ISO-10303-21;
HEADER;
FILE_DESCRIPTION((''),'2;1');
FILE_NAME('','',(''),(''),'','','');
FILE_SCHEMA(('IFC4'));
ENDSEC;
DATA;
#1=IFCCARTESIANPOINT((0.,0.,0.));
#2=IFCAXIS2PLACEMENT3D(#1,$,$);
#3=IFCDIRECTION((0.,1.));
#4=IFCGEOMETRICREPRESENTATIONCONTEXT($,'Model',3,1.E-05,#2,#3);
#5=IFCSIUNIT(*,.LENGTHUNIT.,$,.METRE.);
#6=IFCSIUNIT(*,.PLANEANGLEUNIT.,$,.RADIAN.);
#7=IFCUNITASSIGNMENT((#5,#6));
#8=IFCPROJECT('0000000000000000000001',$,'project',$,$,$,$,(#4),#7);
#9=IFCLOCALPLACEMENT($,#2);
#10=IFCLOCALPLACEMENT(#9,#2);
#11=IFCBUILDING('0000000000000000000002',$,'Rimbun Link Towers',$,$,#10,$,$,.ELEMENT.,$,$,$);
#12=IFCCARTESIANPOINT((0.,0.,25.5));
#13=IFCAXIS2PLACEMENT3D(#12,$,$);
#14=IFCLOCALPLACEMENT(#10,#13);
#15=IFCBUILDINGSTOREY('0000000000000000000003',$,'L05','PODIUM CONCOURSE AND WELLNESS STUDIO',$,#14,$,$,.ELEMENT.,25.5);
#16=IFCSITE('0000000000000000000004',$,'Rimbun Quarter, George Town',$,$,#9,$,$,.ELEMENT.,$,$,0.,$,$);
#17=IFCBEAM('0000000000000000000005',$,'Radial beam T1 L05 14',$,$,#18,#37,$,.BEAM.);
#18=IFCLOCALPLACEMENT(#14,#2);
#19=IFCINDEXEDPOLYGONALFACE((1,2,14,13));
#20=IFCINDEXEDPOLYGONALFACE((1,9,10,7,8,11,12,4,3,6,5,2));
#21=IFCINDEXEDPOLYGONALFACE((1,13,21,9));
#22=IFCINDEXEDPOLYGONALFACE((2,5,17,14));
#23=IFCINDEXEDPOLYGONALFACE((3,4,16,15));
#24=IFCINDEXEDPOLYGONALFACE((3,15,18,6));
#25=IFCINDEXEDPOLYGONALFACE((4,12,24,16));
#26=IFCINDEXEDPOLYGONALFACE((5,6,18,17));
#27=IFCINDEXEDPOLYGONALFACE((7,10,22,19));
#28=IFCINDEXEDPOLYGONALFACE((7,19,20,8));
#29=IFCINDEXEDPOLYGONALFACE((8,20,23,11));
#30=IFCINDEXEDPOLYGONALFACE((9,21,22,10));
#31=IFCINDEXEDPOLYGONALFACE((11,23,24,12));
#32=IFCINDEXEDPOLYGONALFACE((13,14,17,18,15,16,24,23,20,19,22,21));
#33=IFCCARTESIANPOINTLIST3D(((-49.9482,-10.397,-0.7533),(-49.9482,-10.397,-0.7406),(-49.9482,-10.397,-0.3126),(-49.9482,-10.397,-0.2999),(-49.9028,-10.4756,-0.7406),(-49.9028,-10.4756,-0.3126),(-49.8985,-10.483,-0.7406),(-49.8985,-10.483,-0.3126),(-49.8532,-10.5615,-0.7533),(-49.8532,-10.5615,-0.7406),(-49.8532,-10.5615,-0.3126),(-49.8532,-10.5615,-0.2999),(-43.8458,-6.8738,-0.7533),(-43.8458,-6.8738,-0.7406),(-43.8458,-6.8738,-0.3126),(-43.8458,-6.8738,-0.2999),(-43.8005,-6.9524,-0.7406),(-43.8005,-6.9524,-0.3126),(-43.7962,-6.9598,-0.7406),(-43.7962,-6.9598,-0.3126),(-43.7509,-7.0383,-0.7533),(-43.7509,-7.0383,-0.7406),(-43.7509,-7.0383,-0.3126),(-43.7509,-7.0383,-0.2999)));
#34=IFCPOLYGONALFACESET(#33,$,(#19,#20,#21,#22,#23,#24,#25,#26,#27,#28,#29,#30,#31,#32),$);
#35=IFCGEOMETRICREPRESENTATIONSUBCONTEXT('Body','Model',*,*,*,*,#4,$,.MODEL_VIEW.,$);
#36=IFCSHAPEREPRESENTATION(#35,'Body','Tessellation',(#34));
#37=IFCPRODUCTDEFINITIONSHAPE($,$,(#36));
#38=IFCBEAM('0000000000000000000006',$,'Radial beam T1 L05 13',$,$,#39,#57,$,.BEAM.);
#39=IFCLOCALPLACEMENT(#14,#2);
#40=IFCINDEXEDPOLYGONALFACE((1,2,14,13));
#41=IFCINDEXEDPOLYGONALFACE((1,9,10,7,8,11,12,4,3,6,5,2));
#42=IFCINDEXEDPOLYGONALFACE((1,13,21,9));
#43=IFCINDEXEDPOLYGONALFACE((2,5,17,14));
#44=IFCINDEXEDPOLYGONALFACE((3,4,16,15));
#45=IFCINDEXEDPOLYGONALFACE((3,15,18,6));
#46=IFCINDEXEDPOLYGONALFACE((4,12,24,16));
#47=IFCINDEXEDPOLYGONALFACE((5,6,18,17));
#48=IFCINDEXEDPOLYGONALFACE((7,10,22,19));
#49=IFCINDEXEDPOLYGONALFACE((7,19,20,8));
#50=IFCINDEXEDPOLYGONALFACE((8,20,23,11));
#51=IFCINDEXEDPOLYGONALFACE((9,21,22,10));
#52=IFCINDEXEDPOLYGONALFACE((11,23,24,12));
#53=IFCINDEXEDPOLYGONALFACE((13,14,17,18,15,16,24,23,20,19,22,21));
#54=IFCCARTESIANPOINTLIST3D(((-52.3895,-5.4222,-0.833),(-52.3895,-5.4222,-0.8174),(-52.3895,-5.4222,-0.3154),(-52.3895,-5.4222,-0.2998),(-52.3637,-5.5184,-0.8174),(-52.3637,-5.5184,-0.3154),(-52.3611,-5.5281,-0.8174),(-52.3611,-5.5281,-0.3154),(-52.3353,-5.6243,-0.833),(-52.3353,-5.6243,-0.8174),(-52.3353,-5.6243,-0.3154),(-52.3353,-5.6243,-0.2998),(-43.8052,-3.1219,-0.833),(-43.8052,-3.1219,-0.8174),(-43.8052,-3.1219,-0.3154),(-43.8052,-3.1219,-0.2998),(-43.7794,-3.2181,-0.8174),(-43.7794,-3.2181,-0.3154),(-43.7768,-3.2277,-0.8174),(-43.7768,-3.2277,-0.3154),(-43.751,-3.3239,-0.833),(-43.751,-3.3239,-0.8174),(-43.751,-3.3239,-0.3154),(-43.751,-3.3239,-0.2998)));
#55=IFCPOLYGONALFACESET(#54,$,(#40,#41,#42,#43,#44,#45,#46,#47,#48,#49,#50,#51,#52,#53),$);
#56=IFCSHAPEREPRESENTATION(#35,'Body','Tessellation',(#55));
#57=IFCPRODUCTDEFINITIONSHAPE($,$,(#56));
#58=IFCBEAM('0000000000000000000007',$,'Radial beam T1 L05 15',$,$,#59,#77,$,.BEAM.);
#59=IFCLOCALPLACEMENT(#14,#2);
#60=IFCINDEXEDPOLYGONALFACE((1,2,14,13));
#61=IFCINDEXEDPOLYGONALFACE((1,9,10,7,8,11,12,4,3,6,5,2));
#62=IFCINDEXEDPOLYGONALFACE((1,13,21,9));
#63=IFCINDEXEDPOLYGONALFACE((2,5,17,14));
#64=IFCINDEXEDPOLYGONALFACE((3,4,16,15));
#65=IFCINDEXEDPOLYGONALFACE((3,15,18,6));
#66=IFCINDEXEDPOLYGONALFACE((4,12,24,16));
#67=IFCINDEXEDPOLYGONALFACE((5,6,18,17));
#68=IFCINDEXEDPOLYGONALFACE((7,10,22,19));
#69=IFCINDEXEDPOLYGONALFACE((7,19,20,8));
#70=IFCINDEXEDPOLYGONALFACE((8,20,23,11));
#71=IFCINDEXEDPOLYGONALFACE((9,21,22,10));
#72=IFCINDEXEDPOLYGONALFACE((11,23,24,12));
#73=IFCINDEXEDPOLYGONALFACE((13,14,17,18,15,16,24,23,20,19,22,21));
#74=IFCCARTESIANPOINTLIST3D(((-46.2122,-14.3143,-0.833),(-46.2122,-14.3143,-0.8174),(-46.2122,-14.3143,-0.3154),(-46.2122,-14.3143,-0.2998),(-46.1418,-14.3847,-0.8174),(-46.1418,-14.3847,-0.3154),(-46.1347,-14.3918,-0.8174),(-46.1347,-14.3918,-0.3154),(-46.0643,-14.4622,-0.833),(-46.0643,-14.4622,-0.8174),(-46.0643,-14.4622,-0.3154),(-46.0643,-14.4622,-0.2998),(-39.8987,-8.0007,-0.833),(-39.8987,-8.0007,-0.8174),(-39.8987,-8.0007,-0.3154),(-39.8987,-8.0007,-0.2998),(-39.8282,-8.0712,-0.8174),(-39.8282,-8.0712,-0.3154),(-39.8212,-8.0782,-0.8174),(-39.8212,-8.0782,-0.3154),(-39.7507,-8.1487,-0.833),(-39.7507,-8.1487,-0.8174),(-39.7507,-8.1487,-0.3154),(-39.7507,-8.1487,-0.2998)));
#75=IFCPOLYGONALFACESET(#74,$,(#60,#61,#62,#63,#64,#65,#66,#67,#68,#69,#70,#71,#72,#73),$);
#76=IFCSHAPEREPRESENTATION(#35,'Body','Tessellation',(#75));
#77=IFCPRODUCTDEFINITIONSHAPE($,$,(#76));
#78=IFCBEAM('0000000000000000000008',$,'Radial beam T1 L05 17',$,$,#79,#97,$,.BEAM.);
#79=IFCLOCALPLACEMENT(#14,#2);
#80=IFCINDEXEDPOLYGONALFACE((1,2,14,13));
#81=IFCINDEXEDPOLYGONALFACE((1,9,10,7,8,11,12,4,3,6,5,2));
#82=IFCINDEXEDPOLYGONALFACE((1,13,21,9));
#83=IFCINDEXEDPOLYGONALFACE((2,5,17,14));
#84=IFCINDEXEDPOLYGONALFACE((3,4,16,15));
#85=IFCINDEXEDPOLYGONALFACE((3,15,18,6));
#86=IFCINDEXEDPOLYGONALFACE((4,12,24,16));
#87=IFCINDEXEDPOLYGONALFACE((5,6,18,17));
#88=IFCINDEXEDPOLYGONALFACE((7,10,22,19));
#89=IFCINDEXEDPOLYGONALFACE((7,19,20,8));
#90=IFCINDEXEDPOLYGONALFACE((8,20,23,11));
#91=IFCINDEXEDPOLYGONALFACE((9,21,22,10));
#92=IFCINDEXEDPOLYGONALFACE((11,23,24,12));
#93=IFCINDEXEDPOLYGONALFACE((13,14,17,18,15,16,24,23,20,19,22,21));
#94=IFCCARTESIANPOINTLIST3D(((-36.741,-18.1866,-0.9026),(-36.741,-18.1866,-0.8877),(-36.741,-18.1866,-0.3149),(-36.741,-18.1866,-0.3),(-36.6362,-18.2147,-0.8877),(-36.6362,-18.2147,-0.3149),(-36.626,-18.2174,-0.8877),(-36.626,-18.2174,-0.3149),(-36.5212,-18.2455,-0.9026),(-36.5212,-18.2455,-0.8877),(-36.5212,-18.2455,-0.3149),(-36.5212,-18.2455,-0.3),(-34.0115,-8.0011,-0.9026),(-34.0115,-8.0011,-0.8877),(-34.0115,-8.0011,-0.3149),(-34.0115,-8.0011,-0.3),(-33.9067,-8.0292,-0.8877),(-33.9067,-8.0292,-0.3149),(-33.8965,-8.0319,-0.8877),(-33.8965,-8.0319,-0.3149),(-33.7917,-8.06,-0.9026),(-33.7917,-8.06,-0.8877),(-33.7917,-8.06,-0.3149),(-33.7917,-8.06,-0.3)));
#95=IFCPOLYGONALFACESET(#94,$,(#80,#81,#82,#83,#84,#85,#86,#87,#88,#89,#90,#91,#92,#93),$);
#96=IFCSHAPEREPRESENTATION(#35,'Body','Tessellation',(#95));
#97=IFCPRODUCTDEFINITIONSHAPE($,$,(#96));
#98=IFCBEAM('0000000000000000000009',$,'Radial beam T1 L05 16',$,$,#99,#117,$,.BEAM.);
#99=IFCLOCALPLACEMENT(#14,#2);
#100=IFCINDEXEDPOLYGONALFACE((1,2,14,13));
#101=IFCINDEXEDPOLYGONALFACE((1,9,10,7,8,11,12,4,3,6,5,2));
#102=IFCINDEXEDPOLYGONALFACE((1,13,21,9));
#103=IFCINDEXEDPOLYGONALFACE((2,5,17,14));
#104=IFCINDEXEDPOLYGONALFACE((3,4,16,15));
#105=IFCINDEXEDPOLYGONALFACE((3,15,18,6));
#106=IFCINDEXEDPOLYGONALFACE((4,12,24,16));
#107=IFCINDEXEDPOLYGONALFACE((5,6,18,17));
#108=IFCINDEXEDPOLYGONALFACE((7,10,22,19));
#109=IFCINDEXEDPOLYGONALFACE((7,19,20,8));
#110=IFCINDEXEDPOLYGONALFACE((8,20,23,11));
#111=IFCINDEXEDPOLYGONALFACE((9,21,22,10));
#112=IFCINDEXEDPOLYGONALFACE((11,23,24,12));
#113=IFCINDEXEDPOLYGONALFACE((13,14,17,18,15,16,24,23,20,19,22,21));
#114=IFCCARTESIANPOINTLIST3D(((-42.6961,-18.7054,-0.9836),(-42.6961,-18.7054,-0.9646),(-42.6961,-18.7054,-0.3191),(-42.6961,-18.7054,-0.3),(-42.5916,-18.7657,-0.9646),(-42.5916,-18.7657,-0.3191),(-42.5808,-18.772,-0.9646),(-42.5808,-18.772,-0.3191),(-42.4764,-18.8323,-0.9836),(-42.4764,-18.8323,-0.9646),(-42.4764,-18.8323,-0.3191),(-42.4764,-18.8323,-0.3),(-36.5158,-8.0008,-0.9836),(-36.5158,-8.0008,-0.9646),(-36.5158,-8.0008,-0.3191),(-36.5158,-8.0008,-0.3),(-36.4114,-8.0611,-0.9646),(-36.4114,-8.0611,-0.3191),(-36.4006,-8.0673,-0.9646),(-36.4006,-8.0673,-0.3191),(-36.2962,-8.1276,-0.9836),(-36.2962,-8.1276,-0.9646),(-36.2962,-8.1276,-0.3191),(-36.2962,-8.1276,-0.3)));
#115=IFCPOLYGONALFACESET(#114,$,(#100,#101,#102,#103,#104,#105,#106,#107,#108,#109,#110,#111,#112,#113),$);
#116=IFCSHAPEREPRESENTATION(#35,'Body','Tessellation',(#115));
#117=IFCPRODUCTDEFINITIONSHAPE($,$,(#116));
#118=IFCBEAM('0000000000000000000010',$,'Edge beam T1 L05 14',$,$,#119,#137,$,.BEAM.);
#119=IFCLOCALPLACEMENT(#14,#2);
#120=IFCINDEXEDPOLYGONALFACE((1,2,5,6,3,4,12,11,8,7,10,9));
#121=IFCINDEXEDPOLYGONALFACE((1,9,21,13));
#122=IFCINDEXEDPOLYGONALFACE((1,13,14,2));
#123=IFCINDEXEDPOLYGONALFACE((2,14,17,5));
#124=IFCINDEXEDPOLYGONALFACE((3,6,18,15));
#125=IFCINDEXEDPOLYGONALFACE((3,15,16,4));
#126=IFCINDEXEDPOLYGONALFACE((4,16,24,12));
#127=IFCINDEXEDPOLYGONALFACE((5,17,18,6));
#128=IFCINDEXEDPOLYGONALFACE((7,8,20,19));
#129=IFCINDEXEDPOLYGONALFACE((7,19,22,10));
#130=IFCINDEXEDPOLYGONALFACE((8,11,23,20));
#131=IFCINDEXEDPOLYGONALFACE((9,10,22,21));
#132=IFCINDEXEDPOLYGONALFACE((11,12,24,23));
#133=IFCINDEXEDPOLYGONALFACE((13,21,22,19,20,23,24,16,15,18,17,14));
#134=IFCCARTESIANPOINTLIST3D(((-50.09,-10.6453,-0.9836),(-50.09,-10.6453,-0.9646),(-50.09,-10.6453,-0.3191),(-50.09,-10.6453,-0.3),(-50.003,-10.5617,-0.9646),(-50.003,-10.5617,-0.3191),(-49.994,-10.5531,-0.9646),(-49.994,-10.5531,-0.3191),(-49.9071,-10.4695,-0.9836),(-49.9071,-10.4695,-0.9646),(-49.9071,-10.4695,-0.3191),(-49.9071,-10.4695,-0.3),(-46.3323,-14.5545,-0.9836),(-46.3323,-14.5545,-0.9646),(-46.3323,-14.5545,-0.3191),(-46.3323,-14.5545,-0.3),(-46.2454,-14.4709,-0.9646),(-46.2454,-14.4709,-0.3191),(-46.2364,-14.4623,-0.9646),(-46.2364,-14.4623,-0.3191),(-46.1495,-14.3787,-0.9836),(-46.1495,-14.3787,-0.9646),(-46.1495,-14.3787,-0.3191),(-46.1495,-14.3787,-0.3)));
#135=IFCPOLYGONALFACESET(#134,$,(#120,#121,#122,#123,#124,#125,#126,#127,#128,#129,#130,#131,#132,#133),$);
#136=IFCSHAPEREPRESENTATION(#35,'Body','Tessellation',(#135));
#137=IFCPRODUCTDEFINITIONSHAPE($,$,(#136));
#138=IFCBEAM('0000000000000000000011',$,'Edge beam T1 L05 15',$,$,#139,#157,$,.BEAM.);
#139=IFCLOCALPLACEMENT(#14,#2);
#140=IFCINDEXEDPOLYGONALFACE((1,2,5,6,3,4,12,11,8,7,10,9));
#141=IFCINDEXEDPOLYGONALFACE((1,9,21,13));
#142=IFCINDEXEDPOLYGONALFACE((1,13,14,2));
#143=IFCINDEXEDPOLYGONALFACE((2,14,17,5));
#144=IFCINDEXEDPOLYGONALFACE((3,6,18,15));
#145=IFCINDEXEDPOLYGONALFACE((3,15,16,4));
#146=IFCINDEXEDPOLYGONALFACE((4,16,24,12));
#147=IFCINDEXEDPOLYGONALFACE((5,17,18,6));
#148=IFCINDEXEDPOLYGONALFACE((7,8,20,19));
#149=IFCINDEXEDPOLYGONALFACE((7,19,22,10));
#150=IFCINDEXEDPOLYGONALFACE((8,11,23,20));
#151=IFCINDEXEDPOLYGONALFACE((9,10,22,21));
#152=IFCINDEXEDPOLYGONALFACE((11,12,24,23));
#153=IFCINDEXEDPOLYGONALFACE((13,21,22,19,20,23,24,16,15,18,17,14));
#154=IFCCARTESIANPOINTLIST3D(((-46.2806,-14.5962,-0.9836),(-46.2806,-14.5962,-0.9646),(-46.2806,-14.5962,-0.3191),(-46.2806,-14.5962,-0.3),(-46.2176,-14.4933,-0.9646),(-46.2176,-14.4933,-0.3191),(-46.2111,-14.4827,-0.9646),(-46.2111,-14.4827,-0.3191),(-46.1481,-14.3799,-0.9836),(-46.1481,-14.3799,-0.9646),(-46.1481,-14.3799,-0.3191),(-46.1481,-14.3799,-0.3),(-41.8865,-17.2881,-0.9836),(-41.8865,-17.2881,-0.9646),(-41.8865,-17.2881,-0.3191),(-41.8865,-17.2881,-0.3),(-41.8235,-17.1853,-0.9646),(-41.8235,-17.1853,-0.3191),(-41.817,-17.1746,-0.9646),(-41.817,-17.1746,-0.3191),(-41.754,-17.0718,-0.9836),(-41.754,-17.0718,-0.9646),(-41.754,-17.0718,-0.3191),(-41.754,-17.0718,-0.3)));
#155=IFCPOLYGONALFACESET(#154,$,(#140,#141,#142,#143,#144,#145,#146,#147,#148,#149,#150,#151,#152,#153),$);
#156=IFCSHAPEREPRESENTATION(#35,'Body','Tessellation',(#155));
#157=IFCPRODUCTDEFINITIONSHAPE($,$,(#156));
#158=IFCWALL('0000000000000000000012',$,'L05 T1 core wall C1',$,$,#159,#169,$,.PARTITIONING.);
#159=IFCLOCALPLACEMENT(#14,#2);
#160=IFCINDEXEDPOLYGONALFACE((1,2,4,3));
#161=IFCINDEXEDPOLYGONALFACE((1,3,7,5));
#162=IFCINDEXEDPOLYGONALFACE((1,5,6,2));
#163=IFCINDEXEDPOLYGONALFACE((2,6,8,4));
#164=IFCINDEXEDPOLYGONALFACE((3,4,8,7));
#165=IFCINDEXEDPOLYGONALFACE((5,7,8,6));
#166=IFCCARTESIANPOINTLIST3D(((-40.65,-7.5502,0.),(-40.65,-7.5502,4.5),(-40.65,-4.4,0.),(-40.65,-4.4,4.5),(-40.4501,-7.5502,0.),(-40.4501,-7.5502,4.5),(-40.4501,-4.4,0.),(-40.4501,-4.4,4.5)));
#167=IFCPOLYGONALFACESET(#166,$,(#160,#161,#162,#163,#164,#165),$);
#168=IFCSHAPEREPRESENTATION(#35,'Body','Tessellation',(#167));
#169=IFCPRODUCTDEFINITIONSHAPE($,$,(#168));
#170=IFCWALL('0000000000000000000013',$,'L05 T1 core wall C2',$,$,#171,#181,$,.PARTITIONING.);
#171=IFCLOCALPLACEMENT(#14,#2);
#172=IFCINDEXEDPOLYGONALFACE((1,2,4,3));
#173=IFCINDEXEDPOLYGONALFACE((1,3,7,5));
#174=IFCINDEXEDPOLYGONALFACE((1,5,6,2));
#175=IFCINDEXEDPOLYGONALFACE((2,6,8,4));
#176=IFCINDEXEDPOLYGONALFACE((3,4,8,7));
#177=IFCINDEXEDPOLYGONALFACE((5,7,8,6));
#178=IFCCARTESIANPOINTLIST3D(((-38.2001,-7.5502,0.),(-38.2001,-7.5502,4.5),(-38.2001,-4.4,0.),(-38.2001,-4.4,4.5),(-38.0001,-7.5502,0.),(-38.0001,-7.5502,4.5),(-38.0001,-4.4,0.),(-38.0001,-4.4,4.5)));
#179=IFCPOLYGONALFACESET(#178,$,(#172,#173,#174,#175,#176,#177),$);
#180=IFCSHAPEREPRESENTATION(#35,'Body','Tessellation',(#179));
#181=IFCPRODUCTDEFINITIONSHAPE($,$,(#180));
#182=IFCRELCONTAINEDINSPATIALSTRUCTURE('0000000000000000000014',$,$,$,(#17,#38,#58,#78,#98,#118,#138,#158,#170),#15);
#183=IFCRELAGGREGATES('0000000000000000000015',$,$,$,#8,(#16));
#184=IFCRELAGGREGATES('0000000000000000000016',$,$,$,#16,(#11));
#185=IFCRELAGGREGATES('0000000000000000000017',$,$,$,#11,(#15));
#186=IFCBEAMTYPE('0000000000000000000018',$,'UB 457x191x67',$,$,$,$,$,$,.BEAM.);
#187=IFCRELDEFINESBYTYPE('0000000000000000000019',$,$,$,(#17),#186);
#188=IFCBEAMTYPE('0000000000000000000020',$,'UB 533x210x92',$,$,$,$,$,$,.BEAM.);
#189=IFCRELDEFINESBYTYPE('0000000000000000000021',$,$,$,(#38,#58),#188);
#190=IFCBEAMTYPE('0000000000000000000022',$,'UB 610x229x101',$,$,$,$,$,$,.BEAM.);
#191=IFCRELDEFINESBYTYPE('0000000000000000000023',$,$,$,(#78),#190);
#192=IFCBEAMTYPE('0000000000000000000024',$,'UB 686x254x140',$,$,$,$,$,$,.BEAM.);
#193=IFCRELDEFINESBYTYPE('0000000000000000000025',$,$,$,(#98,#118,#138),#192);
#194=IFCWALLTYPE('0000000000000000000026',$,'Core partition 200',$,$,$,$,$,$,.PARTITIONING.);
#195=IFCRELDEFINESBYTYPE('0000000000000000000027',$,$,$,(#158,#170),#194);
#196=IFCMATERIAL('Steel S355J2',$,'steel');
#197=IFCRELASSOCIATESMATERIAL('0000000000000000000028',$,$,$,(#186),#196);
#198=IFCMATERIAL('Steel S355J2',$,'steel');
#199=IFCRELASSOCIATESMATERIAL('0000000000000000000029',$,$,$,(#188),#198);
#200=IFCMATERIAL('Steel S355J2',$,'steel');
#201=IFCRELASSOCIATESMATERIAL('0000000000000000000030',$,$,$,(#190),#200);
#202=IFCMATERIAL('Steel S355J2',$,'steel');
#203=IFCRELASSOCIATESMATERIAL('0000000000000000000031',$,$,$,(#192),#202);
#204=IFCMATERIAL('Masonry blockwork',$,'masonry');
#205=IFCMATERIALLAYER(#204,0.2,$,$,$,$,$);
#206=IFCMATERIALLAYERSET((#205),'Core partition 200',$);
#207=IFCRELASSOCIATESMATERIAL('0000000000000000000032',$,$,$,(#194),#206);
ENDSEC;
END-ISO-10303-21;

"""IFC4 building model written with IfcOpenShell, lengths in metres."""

from ifc_helpers import new_model, si_unit, direction, frame, frame_2d, origin, origin_2d, place, context, subcontext, project, spatial, rectangle, i_section, extrude, material, layer, layer_set, material_profile, profile_set, type_object, element, save


model = new_model("IFC4")

# Units and contexts
model_context = context("Model", 3, precision=1e-05, world=origin(), true_north=direction((0.0, 1.0)))
body_context = subcontext(model_context, "Body", "Model", "MODEL_VIEW")
ifc_project = project(units=[si_unit("LENGTHUNIT", "METRE"), si_unit("PLANEANGLEUNIT", "RADIAN")], contexts=[model_context])

# Site, building, storey
site_placement = place(None, origin())
site = spatial("IfcSite", under=ifc_project, at=site_placement, Name="Rimbun Quarter, George Town", CompositionType="ELEMENT", RefElevation=0.0)
building_placement = place(site_placement, origin())
building = spatial("IfcBuilding", under=site, at=building_placement, Name="Rimbun Link Towers", CompositionType="ELEMENT")
storey_placement = place(building_placement, frame((0.0, 0.0, 25.5)))
storey = spatial("IfcBuildingStorey", under=building, at=storey_placement, Name="L05", Description="PODIUM CONCOURSE AND WELLNESS STUDIO", CompositionType="ELEMENT", Elevation=25.5)

# Beams
ifc_material_1 = material(Name="Steel S355J2", Category="steel")
ifc_material_profile_1 = material_profile(ifc_material_1, i_section(OverallWidth=0.1899, OverallDepth=0.4534, WebThickness=0.0085, FlangeThickness=0.0127, at=origin_2d()), Name="UB 457x191x67")
ifc_profile_set_1 = profile_set([ifc_material_profile_1], Name="Steel S355J2")
beam_type_1 = type_object("IfcBeamType", Name="UB 457x191x67", PredefinedType="BEAM", material=ifc_profile_set_1)
beam_1_placement = place(storey_placement, frame((-43.7983, -6.9561, -0.5266), z_axis=(-0.866023, -0.500003, 0.0), x_axis=(0.500003, -0.866023, 0.0)))
element("IfcBeam", 1, at=beam_1_placement, inside=storey, type_object=beam_type_1, Name="Radial beam T1 L05 14", PredefinedType="BEAM", context=body_context, shape_type="SweptSolid", body=[
    extrude(i_section(OverallWidth=0.1899, OverallDepth=0.4534, WebThickness=0.0085, FlangeThickness=0.0127, at=origin_2d()), origin(), (0.0, 0.0, 1.0), 7.0464),
])
ifc_material_2 = material(Name="Steel S355J2", Category="steel")
ifc_material_profile_2 = material_profile(ifc_material_2, i_section(OverallWidth=0.2092, OverallDepth=0.5332, WebThickness=0.01, FlangeThickness=0.0156, at=origin_2d()), Name="UB 533x210x92")
ifc_profile_set_2 = profile_set([ifc_material_profile_2], Name="Steel S355J2")
beam_type_2 = type_object("IfcBeamType", Name="UB 533x210x92", PredefinedType="BEAM", material=ifc_profile_set_2)
beam_2_placement = place(storey_placement, frame((-43.7781, -3.2229, -0.5664), z_axis=(-0.965921, -0.258835, 0.0), x_axis=(0.258835, -0.965921, 0.0)))
element("IfcBeam", 2, at=beam_2_placement, inside=storey, type_object=beam_type_2, Name="Radial beam T1 L05 13", PredefinedType="BEAM", context=body_context, shape_type="SweptSolid", body=[
    extrude(i_section(OverallWidth=0.2092, OverallDepth=0.5332, WebThickness=0.01, FlangeThickness=0.0156, at=origin_2d()), origin(), (0.0, 0.0, 1.0), 8.8872),
])
beam_3_placement = place(storey_placement, frame((-39.8247, -8.0747, -0.5664), z_axis=(-0.707107, -0.707107, 0.0), x_axis=(0.707107, -0.707107, 0.0)))
element("IfcBeam", 3, at=beam_3_placement, inside=storey, type_object=beam_type_2, Name="Radial beam T1 L05 15", PredefinedType="BEAM", context=body_context, shape_type="SweptSolid", body=[
    extrude(i_section(OverallWidth=0.2092, OverallDepth=0.5332, WebThickness=0.01, FlangeThickness=0.0156, at=origin_2d()), origin(), (0.0, 0.0, 1.0), 8.9287),
])
ifc_material_3 = material(Name="Steel S355J2", Category="steel")
ifc_material_profile_3 = material_profile(ifc_material_3, i_section(OverallWidth=0.2275, OverallDepth=0.6025, WebThickness=0.0105, FlangeThickness=0.0149, at=origin_2d()), Name="UB 610x229x101")
ifc_profile_set_3 = profile_set([ifc_material_profile_3], Name="Steel S355J2")
beam_type_3 = type_object("IfcBeamType", Name="UB 610x229x101", PredefinedType="BEAM", material=ifc_profile_set_3)
beam_4_placement = place(storey_placement, frame((-33.9016, -8.0305, -0.6013), z_axis=(-0.258844, -0.965919, 0.0), x_axis=(0.965919, -0.258844, 0.0)))
element("IfcBeam", 4, at=beam_4_placement, inside=storey, type_object=beam_type_3, Name="Radial beam T1 L05 17", PredefinedType="BEAM", context=body_context, shape_type="SweptSolid", body=[
    extrude(i_section(OverallWidth=0.2275, OverallDepth=0.6025, WebThickness=0.0105, FlangeThickness=0.0149, at=origin_2d()), origin(), (0.0, 0.0, 1.0), 10.5449),
])
ifc_material_4 = material(Name="Steel S355J2", Category="steel")
ifc_material_profile_4 = material_profile(ifc_material_4, i_section(OverallWidth=0.2537, OverallDepth=0.6836, WebThickness=0.0125, FlangeThickness=0.019, at=origin_2d()), Name="UB 686x254x140")
ifc_profile_set_4 = profile_set([ifc_material_profile_4], Name="Steel S355J2")
beam_type_4 = type_object("IfcBeamType", Name="UB 686x254x140", PredefinedType="BEAM", material=ifc_profile_set_4)
beam_5_placement = place(storey_placement, frame((-36.406, -8.0642, -0.6418), z_axis=(-0.499993, -0.86603, 0.0), x_axis=(0.86603, -0.499993, 0.0)))
element("IfcBeam", 5, at=beam_5_placement, inside=storey, type_object=beam_type_4, Name="Radial beam T1 L05 16", PredefinedType="BEAM", context=body_context, shape_type="SweptSolid", body=[
    extrude(i_section(OverallWidth=0.2537, OverallDepth=0.6836, WebThickness=0.0125, FlangeThickness=0.019, at=origin_2d()), origin(), (0.0, 0.0, 1.0), 12.3606),
])
beam_6_placement = place(storey_placement, frame((-49.9985, -10.5574, -0.6418), z_axis=(0.692988, -0.720949, 0.0), x_axis=(0.720949, 0.692988, 0.0)))
element("IfcBeam", 6, at=beam_6_placement, inside=storey, type_object=beam_type_4, Name="Edge beam T1 L05 14", PredefinedType="BEAM", context=body_context, shape_type="SweptSolid", body=[
    extrude(i_section(OverallWidth=0.2537, OverallDepth=0.6836, WebThickness=0.0125, FlangeThickness=0.019, at=origin_2d()), origin(), (0.0, 0.0, 1.0), 5.4224),
])
beam_7_placement = place(storey_placement, frame((-46.2144, -14.488, -0.6418), z_axis=(0.852707, -0.522389, 0.0), x_axis=(0.522389, 0.852707, 0.0)))
element("IfcBeam", 7, at=beam_7_placement, inside=storey, type_object=beam_type_4, Name="Edge beam T1 L05 15", PredefinedType="BEAM", context=body_context, shape_type="SweptSolid", body=[
    extrude(i_section(OverallWidth=0.2537, OverallDepth=0.6836, WebThickness=0.0125, FlangeThickness=0.019, at=origin_2d()), origin(), (0.0, 0.0, 1.0), 5.1531),
])

# Walls
ifc_material_5 = material(Name="Masonry blockwork", Category="masonry")
ifc_layer_1 = layer(ifc_material_5, 0.2)
ifc_layer_set_1 = layer_set([ifc_layer_1], Name="Core partition 200")
wall_type_1 = type_object("IfcWallType", Name="Core partition 200", PredefinedType="PARTITIONING", material=ifc_layer_set_1)
for number, where, z_axis, x_axis, name in (
    (8, (-40.55, -4.3999, 0.0), (0.0, 0.0, 1.0), (0.0, -1.0, 0.0), "L05 T1 core wall C1"),
    (9, (-38.1001, -4.3999, 0.0), (0.0, 0.0, 1.0), (0.0, -1.0, 0.0), "L05 T1 core wall C2"),
):
    element("IfcWall", number, at=place(storey_placement, frame(where, z_axis=z_axis, x_axis=x_axis)), inside=storey, type_object=wall_type_1, Name=name, PredefinedType="PARTITIONING", context=body_context, shape_type="SweptSolid", body=[
        extrude(rectangle(XDim=3.1501, YDim=0.2, at=frame_2d((1.5752, 0.0))), origin(), (0.0, 0.0, 1.0), 4.5),
    ])

save(model, "model.ifc")
